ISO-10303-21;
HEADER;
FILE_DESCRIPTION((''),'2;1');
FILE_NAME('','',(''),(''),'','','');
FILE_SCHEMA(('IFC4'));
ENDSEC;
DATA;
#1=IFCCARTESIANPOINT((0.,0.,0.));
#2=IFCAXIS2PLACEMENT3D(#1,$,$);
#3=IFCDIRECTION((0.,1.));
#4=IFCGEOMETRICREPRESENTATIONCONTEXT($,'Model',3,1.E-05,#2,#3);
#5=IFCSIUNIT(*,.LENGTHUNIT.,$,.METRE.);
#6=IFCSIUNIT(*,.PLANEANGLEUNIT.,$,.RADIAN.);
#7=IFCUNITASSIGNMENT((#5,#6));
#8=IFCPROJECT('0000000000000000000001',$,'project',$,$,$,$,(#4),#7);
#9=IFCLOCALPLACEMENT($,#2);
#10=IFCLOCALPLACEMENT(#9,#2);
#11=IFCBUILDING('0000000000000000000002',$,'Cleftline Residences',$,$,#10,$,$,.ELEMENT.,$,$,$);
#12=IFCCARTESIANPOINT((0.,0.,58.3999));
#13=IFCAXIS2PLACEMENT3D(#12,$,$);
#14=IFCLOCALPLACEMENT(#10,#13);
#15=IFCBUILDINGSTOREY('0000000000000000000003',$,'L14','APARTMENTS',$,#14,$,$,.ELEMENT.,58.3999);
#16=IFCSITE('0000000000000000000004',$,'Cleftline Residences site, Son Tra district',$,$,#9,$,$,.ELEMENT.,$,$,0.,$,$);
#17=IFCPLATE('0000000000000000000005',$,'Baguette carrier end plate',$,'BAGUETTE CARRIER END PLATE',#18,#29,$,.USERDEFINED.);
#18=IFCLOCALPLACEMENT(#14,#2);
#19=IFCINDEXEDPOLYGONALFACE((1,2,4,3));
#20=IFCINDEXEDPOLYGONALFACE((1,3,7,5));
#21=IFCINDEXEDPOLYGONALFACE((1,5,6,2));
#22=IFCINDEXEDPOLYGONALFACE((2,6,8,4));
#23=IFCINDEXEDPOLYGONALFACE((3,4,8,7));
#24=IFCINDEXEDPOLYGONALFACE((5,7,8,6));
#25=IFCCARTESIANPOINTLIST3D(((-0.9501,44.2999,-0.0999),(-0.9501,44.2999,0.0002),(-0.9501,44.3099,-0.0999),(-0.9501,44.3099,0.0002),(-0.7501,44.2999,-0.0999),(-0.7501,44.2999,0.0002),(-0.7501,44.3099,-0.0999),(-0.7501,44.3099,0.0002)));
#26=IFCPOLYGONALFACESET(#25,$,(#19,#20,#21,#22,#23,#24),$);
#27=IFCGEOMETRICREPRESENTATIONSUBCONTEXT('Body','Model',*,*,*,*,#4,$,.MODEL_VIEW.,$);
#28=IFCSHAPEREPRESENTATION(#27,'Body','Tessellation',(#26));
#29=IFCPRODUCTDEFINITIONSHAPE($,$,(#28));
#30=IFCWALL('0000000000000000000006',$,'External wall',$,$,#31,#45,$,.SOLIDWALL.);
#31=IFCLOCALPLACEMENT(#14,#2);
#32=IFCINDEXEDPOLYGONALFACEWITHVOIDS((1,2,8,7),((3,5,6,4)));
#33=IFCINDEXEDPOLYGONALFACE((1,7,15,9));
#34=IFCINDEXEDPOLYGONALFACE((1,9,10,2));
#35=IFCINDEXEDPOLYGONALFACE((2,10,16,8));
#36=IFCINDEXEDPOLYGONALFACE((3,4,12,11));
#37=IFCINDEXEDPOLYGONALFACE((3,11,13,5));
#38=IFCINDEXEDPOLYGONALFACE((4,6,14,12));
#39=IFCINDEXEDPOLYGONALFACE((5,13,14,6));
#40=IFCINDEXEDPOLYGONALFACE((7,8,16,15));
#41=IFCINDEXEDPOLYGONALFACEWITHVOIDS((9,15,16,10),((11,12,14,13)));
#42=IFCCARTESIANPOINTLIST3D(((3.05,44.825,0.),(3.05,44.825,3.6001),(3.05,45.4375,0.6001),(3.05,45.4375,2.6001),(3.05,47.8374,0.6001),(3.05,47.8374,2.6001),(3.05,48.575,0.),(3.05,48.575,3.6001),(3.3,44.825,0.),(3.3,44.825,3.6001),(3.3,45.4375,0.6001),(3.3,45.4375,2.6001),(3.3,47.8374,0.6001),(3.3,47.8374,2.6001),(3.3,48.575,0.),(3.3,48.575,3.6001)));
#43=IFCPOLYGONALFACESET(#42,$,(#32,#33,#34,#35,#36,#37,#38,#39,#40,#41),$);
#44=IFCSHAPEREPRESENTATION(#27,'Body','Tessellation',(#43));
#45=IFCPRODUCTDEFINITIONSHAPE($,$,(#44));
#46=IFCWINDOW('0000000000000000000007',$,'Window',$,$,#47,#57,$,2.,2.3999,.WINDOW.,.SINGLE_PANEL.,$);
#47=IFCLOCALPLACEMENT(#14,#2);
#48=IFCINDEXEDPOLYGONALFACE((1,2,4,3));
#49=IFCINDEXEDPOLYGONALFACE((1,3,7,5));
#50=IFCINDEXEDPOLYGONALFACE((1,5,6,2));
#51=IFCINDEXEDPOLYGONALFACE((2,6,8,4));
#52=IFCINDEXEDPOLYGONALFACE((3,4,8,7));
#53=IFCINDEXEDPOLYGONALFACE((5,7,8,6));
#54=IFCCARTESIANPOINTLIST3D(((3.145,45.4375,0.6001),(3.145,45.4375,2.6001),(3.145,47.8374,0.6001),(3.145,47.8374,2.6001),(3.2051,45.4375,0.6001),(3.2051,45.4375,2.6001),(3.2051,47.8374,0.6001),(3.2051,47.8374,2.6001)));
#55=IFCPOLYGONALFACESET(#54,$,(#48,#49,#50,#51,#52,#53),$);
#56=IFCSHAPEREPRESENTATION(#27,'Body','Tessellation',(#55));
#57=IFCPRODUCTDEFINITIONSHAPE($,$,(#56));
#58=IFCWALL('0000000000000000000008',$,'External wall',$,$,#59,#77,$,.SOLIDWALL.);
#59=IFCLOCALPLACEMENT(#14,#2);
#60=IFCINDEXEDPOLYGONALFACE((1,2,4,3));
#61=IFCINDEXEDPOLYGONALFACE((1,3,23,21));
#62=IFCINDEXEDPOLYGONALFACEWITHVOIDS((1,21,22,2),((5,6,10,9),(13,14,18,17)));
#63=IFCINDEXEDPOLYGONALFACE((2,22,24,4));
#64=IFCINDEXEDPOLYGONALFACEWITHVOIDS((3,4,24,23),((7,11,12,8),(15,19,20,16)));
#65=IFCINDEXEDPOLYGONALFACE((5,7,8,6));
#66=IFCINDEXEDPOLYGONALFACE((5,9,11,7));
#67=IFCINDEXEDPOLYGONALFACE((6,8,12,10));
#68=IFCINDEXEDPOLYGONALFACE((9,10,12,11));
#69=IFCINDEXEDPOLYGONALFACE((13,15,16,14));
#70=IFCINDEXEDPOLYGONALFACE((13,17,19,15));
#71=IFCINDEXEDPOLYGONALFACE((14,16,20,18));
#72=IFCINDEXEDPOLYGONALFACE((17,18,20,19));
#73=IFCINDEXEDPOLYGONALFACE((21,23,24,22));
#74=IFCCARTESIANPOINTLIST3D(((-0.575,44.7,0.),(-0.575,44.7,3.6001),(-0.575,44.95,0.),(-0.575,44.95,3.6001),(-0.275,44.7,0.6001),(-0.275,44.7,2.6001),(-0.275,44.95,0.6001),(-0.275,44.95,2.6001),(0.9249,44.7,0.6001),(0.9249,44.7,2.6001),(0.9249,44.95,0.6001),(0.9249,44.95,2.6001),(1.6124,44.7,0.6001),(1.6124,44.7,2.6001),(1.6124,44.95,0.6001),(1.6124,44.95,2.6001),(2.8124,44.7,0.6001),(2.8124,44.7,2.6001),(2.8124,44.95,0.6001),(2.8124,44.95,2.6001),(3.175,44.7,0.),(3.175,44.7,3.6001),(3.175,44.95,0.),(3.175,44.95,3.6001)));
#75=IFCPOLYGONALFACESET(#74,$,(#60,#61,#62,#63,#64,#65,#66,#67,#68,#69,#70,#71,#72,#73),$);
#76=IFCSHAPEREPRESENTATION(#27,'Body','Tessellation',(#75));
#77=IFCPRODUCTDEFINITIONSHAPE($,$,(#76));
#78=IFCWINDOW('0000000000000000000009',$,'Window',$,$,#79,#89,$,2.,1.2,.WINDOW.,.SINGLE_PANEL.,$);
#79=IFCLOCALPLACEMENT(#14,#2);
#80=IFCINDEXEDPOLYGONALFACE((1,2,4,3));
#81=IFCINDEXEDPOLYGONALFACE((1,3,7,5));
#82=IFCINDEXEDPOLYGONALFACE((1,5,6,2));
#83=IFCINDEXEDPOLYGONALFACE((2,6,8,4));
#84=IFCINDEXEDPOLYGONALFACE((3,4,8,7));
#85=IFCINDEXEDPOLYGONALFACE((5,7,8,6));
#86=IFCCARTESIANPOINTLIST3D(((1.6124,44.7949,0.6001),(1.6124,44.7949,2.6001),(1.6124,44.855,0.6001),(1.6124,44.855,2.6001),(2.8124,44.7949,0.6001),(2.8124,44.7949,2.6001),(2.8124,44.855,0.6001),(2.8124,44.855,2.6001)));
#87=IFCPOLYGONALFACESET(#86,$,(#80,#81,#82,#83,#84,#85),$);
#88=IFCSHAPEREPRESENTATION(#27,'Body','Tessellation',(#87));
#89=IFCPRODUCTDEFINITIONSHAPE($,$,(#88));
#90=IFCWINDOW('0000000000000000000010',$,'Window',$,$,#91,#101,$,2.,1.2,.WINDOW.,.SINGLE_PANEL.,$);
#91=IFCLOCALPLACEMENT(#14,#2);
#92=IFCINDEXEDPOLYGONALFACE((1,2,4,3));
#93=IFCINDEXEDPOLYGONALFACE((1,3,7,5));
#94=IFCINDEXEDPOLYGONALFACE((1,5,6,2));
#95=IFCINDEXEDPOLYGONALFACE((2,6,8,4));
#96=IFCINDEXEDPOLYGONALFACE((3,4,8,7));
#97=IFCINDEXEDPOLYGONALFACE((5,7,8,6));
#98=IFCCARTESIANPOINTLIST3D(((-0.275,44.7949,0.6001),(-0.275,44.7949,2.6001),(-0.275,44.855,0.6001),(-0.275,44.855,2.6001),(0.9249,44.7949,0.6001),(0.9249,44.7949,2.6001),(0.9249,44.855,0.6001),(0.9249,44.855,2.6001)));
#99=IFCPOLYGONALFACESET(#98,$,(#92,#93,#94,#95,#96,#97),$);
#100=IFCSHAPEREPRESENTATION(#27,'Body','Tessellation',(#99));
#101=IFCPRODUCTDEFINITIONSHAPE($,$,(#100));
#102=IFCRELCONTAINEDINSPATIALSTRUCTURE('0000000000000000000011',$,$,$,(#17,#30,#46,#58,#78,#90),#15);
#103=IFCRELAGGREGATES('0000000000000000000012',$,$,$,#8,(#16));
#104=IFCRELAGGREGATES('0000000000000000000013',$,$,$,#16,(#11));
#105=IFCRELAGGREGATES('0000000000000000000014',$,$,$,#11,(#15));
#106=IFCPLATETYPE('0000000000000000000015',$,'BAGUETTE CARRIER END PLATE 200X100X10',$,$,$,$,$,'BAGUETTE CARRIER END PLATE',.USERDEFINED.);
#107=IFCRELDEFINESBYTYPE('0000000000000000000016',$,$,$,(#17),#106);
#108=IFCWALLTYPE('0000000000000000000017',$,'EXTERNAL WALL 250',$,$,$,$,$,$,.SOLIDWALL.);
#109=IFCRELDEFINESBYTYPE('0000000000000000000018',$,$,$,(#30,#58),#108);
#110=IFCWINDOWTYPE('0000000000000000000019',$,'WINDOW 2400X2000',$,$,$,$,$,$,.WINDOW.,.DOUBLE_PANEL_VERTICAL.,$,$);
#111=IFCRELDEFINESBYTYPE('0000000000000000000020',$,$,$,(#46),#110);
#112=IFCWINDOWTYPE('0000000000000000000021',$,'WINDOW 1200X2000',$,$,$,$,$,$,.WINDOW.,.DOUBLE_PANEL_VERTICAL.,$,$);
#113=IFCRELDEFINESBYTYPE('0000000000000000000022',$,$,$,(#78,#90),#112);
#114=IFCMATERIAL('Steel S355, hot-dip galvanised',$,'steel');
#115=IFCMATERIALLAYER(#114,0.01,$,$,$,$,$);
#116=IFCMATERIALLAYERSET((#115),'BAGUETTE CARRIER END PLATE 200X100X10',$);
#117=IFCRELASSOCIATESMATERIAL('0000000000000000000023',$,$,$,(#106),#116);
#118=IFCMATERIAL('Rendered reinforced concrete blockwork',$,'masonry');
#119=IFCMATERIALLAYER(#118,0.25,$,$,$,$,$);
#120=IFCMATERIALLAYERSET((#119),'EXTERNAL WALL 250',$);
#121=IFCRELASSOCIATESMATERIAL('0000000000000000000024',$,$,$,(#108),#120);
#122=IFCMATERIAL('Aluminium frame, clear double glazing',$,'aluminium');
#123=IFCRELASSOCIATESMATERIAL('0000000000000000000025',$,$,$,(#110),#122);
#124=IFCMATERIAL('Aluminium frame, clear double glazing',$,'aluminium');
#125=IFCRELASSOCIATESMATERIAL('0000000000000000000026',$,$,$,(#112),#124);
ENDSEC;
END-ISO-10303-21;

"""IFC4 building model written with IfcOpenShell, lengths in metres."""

from ifc_helpers import new_model, si_unit, direction, frame, frame_2d, origin, origin_2d, place, context, subcontext, project, spatial, rectangle, extrude, material, layer, layer_set, type_object, element, fill, save


model = new_model("IFC4")

# Units and contexts
model_context = context("Model", 3, precision=1e-05, world=origin(), true_north=direction((0.0, 1.0)))
body_context = subcontext(model_context, "Body", "Model", "MODEL_VIEW")
ifc_project = project(units=[si_unit("LENGTHUNIT", "METRE"), si_unit("PLANEANGLEUNIT", "RADIAN")], contexts=[model_context])

# Site, building, storey
site_placement = place(None, origin())
site = spatial("IfcSite", under=ifc_project, at=site_placement, Name="Cleftline Residences site, Son Tra district", CompositionType="ELEMENT", RefElevation=0.0)
building_placement = place(site_placement, origin())
building = spatial("IfcBuilding", under=site, at=building_placement, Name="Cleftline Residences", CompositionType="ELEMENT")
storey_placement = place(building_placement, frame((0.0, 0.0, 58.3999)))
storey = spatial("IfcBuildingStorey", under=building, at=storey_placement, Name="L14", Description="APARTMENTS", CompositionType="ELEMENT", Elevation=58.3999)

# Plate
ifc_material_1 = material(Name="Steel S355, hot-dip galvanised", Category="steel")
ifc_layer_1 = layer(ifc_material_1, 0.01)
ifc_layer_set_1 = layer_set([ifc_layer_1], Name="BAGUETTE CARRIER END PLATE 200X100X10")
plate_type = type_object("IfcPlateType", Name="BAGUETTE CARRIER END PLATE 200X100X10", ElementType="BAGUETTE CARRIER END PLATE", PredefinedType="USERDEFINED", material=ifc_layer_set_1)
plate_placement = place(storey_placement, frame((-0.8501, 44.3049, -0.0999), z_axis=(0.0, 0.0, 1.0), x_axis=(-1.0, 0.0, 0.0)))
element("IfcPlate", 1, at=plate_placement, inside=storey, type_object=plate_type, Name="Baguette carrier end plate", ObjectType="BAGUETTE CARRIER END PLATE", PredefinedType="USERDEFINED", context=body_context, shape_type="SweptSolid", body=[
    extrude(rectangle(XDim=0.2, YDim=0.01, at=origin_2d()), origin(), (0.0, 0.0, 1.0), 0.1001),
])

# Wall, opening, window
ifc_material_2 = material(Name="Rendered reinforced concrete blockwork", Category="masonry")
ifc_layer_2 = layer(ifc_material_2, 0.25)
ifc_layer_set_2 = layer_set([ifc_layer_2], Name="EXTERNAL WALL 250")
wall_type_1 = type_object("IfcWallType", Name="EXTERNAL WALL 250", PredefinedType="SOLIDWALL", material=ifc_layer_set_2)
wall_1_placement = place(storey_placement, frame((3.175, 48.575, 0.0), z_axis=(0.0, 0.0, 1.0), x_axis=(0.0, -1.0, 0.0)))
wall_1 = element("IfcWall", 2, at=wall_1_placement, inside=storey, type_object=wall_type_1, Name="External wall", PredefinedType="SOLIDWALL", context=body_context, shape_type="SweptSolid", body=[
    extrude(rectangle(XDim=3.75, YDim=0.25, at=frame_2d((1.875, 0.0))), origin(), (0.0, 0.0, 1.0), 3.6001),
])
opening_1_placement = place(wall_1_placement, frame((0.7375, 0.0, 0.6001)))
opening_1 = element("IfcOpeningElement", 3, at=opening_1_placement, cuts=wall_1, PredefinedType="OPENING", context=body_context, shape_type="SweptSolid", body=[
    extrude(rectangle(XDim=2.3999, YDim=2.0, at=frame_2d((1.2, 1.0))), frame((0.0, 0.135, 0.0), z_axis=(0.0, -1.0, 0.0), x_axis=(1.0, 0.0, 0.0)), (0.0, 0.0, 1.0), 0.27),
])
ifc_material_3 = material(Name="Aluminium frame, clear double glazing", Category="aluminium")
window_type_1 = type_object("IfcWindowType", Name="WINDOW 2400X2000", PartitioningType="DOUBLE_PANEL_VERTICAL", PredefinedType="WINDOW", material=ifc_material_3)
window_1_placement = place(opening_1_placement, origin())
window_1 = element("IfcWindow", 4, at=window_1_placement, inside=storey, type_object=window_type_1, Name="Window", OverallHeight=2.0, OverallWidth=2.3999, PartitioningType="SINGLE_PANEL", PredefinedType="WINDOW", context=body_context, shape_type="SweptSolid", body=[
    extrude(rectangle(XDim=2.3999, YDim=2.0, at=frame_2d((1.2, 1.0))), frame((0.0, 0.03, 0.0), z_axis=(0.0, -1.0, 0.0), x_axis=(1.0, 0.0, 0.0)), (0.0, 0.0, 1.0), 0.0601),
])
fill(opening_1, window_1)

# Wall, openings, windows
wall_2_placement = place(storey_placement, frame((3.175, 44.825, 0.0), z_axis=(0.0, 0.0, 1.0), x_axis=(-1.0, 0.0, 0.0)))
wall_2 = element("IfcWall", 5, at=wall_2_placement, inside=storey, type_object=wall_type_1, Name="External wall", PredefinedType="SOLIDWALL", context=body_context, shape_type="SweptSolid", body=[
    extrude(rectangle(XDim=3.75, YDim=0.25, at=frame_2d((1.875, 0.0))), origin(), (0.0, 0.0, 1.0), 3.6001),
])
opening_2_placement = place(wall_2_placement, frame((0.3625, 0.0, 0.6001)))
opening_2 = element("IfcOpeningElement", 6, at=opening_2_placement, cuts=wall_2, PredefinedType="OPENING", context=body_context, shape_type="SweptSolid", body=[
    extrude(rectangle(XDim=1.2, YDim=2.0, at=frame_2d((0.6001, 1.0))), frame((0.0, 0.135, 0.0), z_axis=(0.0, -1.0, 0.0), x_axis=(1.0, 0.0, 0.0)), (0.0, 0.0, 1.0), 0.27),
])
opening_3_placement = place(wall_2_placement, frame((2.25, 0.0, 0.6001)))
opening_3 = element("IfcOpeningElement", 7, at=opening_3_placement, cuts=wall_2, PredefinedType="OPENING", context=body_context, shape_type="SweptSolid", body=[
    extrude(rectangle(XDim=1.2, YDim=2.0, at=frame_2d((0.6001, 1.0))), frame((0.0, 0.135, 0.0), z_axis=(0.0, -1.0, 0.0), x_axis=(1.0, 0.0, 0.0)), (0.0, 0.0, 1.0), 0.27),
])
ifc_material_4 = material(Name="Aluminium frame, clear double glazing", Category="aluminium")
window_type_2 = type_object("IfcWindowType", Name="WINDOW 1200X2000", PartitioningType="DOUBLE_PANEL_VERTICAL", PredefinedType="WINDOW", material=ifc_material_4)
window_2_placement = place(opening_2_placement, origin())
window_2 = element("IfcWindow", 8, at=window_2_placement, inside=storey, type_object=window_type_2, Name="Window", OverallHeight=2.0, OverallWidth=1.2, PartitioningType="SINGLE_PANEL", PredefinedType="WINDOW", context=body_context, shape_type="SweptSolid", body=[
    extrude(rectangle(XDim=1.2, YDim=2.0, at=frame_2d((0.6001, 1.0))), frame((0.0, 0.03, 0.0), z_axis=(0.0, -1.0, 0.0), x_axis=(1.0, 0.0, 0.0)), (0.0, 0.0, 1.0), 0.0601),
])
fill(opening_2, window_2)
window_3_placement = place(opening_3_placement, origin())
window_3 = element("IfcWindow", 9, at=window_3_placement, inside=storey, type_object=window_type_2, Name="Window", OverallHeight=2.0, OverallWidth=1.2, PartitioningType="SINGLE_PANEL", PredefinedType="WINDOW", context=body_context, shape_type="SweptSolid", body=[
    extrude(rectangle(XDim=1.2, YDim=2.0, at=frame_2d((0.6001, 1.0))), frame((0.0, 0.03, 0.0), z_axis=(0.0, -1.0, 0.0), x_axis=(1.0, 0.0, 0.0)), (0.0, 0.0, 1.0), 0.0601),
])
fill(opening_3, window_3)

save(model, "model.ifc")
